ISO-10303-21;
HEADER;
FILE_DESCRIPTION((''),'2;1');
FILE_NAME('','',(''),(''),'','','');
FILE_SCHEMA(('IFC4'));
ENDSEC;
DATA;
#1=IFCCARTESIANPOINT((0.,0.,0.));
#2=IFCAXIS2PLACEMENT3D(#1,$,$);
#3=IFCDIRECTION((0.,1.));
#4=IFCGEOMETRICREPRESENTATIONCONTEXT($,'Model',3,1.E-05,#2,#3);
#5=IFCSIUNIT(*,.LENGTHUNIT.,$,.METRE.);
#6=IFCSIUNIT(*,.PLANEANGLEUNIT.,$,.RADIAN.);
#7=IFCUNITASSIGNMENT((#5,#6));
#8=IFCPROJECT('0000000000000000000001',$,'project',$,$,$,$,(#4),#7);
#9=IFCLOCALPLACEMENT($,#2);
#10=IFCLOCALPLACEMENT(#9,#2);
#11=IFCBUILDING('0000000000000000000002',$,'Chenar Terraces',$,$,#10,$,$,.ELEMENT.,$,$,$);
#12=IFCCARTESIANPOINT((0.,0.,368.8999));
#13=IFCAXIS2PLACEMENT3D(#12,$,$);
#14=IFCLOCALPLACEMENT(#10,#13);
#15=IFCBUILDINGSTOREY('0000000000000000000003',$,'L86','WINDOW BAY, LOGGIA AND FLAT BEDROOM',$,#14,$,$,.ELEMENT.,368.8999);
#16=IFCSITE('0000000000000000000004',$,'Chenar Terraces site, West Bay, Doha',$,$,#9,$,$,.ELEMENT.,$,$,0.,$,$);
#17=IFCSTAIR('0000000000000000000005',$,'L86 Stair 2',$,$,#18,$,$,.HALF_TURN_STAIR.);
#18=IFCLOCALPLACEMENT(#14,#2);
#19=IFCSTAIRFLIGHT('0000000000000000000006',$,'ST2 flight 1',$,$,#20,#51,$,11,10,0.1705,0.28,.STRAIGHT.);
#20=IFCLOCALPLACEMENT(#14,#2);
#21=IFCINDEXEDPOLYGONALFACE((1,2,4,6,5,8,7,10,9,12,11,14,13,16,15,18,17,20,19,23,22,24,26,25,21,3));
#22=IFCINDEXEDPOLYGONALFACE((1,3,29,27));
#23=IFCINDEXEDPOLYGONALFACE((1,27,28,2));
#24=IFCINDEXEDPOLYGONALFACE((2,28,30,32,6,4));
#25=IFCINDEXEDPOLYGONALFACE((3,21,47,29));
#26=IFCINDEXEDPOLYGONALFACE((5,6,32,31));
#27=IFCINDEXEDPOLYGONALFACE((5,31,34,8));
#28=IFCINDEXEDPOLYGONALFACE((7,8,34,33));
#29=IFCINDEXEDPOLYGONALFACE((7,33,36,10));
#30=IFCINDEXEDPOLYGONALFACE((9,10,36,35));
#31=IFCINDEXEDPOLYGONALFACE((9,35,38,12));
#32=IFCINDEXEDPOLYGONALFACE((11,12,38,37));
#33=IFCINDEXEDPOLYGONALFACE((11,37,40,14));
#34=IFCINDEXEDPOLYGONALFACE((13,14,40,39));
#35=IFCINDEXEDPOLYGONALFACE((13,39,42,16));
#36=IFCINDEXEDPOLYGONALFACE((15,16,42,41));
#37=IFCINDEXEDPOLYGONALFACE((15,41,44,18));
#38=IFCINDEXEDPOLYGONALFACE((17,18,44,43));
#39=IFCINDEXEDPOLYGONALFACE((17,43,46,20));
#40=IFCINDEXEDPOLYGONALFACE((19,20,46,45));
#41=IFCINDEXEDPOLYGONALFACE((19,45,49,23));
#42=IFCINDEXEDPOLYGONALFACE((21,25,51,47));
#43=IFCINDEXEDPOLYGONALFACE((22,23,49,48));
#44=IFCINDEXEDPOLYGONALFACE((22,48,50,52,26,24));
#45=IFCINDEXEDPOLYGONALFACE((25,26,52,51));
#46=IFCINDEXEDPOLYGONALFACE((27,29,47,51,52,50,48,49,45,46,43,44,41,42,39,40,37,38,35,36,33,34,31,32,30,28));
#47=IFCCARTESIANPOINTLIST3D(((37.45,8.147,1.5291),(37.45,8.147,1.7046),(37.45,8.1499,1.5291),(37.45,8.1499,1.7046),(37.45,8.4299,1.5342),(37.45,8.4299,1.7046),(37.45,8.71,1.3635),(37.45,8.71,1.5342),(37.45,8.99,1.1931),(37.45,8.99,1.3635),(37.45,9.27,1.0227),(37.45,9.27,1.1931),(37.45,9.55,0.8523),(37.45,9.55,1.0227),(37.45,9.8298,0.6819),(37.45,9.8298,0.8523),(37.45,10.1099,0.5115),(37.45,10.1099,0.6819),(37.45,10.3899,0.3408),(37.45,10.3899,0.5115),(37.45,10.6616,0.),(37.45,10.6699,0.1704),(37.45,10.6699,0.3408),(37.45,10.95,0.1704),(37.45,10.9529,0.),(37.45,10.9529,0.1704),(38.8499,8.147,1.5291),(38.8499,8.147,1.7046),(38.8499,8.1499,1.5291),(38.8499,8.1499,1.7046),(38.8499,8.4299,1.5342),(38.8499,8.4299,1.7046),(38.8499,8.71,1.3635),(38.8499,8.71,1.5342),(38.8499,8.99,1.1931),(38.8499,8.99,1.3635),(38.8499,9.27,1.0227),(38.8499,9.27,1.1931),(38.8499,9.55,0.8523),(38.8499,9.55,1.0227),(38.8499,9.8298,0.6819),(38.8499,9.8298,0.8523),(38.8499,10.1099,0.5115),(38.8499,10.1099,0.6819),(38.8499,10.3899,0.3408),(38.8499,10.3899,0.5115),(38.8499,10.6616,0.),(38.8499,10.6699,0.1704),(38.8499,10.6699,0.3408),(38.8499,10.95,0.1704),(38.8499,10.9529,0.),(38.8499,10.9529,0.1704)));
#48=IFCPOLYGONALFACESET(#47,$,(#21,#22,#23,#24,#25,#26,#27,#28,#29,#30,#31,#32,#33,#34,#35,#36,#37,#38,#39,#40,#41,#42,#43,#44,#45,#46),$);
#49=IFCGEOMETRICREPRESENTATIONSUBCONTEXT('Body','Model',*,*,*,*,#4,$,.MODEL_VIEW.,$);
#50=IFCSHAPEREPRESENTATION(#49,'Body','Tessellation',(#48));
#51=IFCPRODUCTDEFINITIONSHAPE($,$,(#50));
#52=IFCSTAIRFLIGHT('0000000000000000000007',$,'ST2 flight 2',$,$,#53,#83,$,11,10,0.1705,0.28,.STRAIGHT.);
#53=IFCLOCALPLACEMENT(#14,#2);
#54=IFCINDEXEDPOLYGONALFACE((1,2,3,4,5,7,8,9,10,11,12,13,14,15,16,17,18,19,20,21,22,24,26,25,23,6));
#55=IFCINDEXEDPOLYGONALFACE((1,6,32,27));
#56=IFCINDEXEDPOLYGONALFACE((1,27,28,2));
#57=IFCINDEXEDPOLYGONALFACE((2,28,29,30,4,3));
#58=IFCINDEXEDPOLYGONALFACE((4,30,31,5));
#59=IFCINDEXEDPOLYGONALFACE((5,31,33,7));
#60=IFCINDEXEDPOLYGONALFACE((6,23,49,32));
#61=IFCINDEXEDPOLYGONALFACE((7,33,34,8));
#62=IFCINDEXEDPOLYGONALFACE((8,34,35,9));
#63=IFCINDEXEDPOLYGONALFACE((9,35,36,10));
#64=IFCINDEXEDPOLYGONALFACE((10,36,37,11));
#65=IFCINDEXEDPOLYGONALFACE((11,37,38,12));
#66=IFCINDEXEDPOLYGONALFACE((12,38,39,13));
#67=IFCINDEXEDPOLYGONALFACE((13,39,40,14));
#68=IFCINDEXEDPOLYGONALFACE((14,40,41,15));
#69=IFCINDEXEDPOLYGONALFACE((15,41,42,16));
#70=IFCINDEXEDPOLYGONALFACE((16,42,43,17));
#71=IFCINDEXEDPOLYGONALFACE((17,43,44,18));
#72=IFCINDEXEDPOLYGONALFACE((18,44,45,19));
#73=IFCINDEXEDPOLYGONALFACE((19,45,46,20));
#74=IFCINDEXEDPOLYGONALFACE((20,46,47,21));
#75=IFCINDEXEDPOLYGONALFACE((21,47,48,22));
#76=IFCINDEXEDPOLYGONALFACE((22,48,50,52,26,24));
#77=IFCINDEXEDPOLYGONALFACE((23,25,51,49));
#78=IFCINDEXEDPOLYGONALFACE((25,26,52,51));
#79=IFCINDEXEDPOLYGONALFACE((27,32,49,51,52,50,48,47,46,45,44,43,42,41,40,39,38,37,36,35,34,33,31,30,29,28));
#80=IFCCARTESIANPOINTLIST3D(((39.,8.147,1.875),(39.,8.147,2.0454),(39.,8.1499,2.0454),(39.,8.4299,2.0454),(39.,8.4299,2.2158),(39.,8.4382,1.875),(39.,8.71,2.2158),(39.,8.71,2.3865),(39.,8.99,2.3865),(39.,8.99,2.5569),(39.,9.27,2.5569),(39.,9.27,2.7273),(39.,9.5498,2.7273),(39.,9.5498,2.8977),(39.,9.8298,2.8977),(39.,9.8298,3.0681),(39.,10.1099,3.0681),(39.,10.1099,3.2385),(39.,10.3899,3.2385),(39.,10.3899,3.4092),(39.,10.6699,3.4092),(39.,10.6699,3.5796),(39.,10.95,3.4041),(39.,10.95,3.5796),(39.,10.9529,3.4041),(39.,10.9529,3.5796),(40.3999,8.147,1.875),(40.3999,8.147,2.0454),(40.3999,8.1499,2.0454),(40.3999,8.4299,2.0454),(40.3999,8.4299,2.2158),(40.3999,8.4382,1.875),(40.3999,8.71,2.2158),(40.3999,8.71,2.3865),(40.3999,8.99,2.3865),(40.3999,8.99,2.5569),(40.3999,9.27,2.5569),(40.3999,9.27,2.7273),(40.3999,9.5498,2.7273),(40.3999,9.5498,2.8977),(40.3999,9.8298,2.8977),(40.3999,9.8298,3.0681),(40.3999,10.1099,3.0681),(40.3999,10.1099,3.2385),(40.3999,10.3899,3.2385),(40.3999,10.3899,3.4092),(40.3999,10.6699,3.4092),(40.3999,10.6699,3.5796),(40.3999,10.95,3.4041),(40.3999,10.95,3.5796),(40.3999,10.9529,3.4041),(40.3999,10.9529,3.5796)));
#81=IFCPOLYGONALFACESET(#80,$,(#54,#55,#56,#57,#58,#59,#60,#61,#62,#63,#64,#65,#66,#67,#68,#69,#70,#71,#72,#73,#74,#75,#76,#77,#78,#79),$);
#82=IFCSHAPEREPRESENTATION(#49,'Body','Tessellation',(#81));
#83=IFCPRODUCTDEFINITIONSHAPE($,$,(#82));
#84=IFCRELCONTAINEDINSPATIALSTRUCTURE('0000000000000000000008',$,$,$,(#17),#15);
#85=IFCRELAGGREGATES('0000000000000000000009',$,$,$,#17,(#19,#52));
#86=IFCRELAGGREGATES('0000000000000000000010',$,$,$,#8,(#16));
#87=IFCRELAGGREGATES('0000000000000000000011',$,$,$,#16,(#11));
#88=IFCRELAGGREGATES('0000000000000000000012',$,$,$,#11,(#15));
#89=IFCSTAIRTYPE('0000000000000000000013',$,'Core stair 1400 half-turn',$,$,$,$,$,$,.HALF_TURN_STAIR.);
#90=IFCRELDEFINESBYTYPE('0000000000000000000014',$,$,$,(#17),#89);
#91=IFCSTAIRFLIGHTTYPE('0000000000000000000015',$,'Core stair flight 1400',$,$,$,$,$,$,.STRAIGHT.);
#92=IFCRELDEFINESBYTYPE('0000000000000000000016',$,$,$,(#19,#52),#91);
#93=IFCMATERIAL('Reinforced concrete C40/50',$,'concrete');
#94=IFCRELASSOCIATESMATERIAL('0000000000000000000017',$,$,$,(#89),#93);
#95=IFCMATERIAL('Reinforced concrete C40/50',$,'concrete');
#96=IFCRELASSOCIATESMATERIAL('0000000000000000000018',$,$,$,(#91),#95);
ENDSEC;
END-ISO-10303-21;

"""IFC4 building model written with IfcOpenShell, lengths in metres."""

from ifc_helpers import new_model, si_unit, direction, frame, origin, place, context, subcontext, project, spatial, polyline, outline, extrude, material, type_object, element, aggregate, save


model = new_model("IFC4")

# Units and contexts
model_context = context("Model", 3, precision=1e-05, world=origin(), true_north=direction((0.0, 1.0)))
body_context = subcontext(model_context, "Body", "Model", "MODEL_VIEW")
ifc_project = project(units=[si_unit("LENGTHUNIT", "METRE"), si_unit("PLANEANGLEUNIT", "RADIAN")], contexts=[model_context])

# Site, building, storey
site_placement = place(None, origin())
site = spatial("IfcSite", under=ifc_project, at=site_placement, Name="Chenar Terraces site, West Bay, Doha", CompositionType="ELEMENT", RefElevation=0.0)
building_placement = place(site_placement, origin())
building = spatial("IfcBuilding", under=site, at=building_placement, Name="Chenar Terraces", CompositionType="ELEMENT")
storey_placement = place(building_placement, frame((0.0, 0.0, 368.8999)))
storey = spatial("IfcBuildingStorey", under=building, at=storey_placement, Name="L86", Description="WINDOW BAY, LOGGIA AND FLAT BEDROOM", CompositionType="ELEMENT", Elevation=368.8999)

# Stair, stair flights
ifc_material_1 = material(Name="Reinforced concrete C40/50", Category="concrete")
stair_type = type_object("IfcStairType", Name="Core stair 1400 half-turn", PredefinedType="HALF_TURN_STAIR", material=ifc_material_1)
stair_placement = place(storey_placement, origin())
stair = element("IfcStair", 1, at=stair_placement, inside=storey, type_object=stair_type, Name="L86 Stair 2", PredefinedType="HALF_TURN_STAIR")
ifc_material_2 = material(Name="Reinforced concrete C40/50", Category="concrete")
stair_flight_type = type_object("IfcStairFlightType", Name="Core stair flight 1400", PredefinedType="STRAIGHT", material=ifc_material_2)
stair_flight_1_placement = place(storey_placement, frame((38.1499, 10.95, 0.0), z_axis=(0.0, 0.0, 1.0), x_axis=(0.0, -1.0, 0.0)))
stair_flight_1 = element("IfcStairFlight", 2, at=stair_flight_1_placement, type_object=stair_flight_type, Name="ST2 flight 1", NumberOfRisers=11, NumberOfTreads=10, PredefinedType="STRAIGHT", RiserHeight=0.1705, TreadLength=0.28, context=body_context, shape_type="SweptSolid", body=[
    extrude(outline(polyline([(-0.0029, 0.0), (-0.0029, 0.1704), (0.0, 0.1704), (0.28, 0.1704), (0.28, 0.3408), (0.5601, 0.3408), (0.5601, 0.5115), (0.8401, 0.5115), (0.8401, 0.6819), (1.1201, 0.6819), (1.1201, 0.8523), (1.3999, 0.8523), (1.3999, 1.0227), (1.6799, 1.0227), (1.6799, 1.1931), (1.96, 1.1931), (1.96, 1.3635), (2.24, 1.3635), (2.24, 1.5342), (2.52, 1.5342), (2.52, 1.7046), (2.8, 1.7046), (2.803, 1.7046), (2.803, 1.5291), (2.8, 1.5291), (0.2883, 0.0), (-0.0029, 0.0)])), frame((0.0, 0.7, 0.0), z_axis=(0.0, -1.0, 0.0), x_axis=(1.0, 0.0, 0.0)), (0.0, 0.0, 1.0), 1.3999),
])
stair_flight_2_placement = place(storey_placement, frame((39.7, 8.1499, 1.875), z_axis=(0.0, 0.0, 1.0), x_axis=(0.0, 1.0, 0.0)))
stair_flight_2 = element("IfcStairFlight", 3, at=stair_flight_2_placement, type_object=stair_flight_type, Name="ST2 flight 2", NumberOfRisers=11, NumberOfTreads=10, PredefinedType="STRAIGHT", RiserHeight=0.1705, TreadLength=0.28, context=body_context, shape_type="SweptSolid", body=[
    extrude(outline(polyline([(-0.0029, 0.0), (-0.0029, 0.1704), (0.0, 0.1704), (0.28, 0.1704), (0.28, 0.3408), (0.5601, 0.3408), (0.5601, 0.5115), (0.8401, 0.5115), (0.8401, 0.6819), (1.1201, 0.6819), (1.1201, 0.8523), (1.3999, 0.8523), (1.3999, 1.0227), (1.6799, 1.0227), (1.6799, 1.1931), (1.96, 1.1931), (1.96, 1.3635), (2.24, 1.3635), (2.24, 1.5342), (2.52, 1.5342), (2.52, 1.7046), (2.8, 1.7046), (2.803, 1.7046), (2.803, 1.5291), (2.8, 1.5291), (0.2883, 0.0), (-0.0029, 0.0)])), frame((0.0, 0.7, 0.0), z_axis=(0.0, -1.0, 0.0), x_axis=(1.0, 0.0, 0.0)), (0.0, 0.0, 1.0), 1.3999),
])
aggregate(stair, [stair_flight_1, stair_flight_2])

save(model, "model.ifc")
